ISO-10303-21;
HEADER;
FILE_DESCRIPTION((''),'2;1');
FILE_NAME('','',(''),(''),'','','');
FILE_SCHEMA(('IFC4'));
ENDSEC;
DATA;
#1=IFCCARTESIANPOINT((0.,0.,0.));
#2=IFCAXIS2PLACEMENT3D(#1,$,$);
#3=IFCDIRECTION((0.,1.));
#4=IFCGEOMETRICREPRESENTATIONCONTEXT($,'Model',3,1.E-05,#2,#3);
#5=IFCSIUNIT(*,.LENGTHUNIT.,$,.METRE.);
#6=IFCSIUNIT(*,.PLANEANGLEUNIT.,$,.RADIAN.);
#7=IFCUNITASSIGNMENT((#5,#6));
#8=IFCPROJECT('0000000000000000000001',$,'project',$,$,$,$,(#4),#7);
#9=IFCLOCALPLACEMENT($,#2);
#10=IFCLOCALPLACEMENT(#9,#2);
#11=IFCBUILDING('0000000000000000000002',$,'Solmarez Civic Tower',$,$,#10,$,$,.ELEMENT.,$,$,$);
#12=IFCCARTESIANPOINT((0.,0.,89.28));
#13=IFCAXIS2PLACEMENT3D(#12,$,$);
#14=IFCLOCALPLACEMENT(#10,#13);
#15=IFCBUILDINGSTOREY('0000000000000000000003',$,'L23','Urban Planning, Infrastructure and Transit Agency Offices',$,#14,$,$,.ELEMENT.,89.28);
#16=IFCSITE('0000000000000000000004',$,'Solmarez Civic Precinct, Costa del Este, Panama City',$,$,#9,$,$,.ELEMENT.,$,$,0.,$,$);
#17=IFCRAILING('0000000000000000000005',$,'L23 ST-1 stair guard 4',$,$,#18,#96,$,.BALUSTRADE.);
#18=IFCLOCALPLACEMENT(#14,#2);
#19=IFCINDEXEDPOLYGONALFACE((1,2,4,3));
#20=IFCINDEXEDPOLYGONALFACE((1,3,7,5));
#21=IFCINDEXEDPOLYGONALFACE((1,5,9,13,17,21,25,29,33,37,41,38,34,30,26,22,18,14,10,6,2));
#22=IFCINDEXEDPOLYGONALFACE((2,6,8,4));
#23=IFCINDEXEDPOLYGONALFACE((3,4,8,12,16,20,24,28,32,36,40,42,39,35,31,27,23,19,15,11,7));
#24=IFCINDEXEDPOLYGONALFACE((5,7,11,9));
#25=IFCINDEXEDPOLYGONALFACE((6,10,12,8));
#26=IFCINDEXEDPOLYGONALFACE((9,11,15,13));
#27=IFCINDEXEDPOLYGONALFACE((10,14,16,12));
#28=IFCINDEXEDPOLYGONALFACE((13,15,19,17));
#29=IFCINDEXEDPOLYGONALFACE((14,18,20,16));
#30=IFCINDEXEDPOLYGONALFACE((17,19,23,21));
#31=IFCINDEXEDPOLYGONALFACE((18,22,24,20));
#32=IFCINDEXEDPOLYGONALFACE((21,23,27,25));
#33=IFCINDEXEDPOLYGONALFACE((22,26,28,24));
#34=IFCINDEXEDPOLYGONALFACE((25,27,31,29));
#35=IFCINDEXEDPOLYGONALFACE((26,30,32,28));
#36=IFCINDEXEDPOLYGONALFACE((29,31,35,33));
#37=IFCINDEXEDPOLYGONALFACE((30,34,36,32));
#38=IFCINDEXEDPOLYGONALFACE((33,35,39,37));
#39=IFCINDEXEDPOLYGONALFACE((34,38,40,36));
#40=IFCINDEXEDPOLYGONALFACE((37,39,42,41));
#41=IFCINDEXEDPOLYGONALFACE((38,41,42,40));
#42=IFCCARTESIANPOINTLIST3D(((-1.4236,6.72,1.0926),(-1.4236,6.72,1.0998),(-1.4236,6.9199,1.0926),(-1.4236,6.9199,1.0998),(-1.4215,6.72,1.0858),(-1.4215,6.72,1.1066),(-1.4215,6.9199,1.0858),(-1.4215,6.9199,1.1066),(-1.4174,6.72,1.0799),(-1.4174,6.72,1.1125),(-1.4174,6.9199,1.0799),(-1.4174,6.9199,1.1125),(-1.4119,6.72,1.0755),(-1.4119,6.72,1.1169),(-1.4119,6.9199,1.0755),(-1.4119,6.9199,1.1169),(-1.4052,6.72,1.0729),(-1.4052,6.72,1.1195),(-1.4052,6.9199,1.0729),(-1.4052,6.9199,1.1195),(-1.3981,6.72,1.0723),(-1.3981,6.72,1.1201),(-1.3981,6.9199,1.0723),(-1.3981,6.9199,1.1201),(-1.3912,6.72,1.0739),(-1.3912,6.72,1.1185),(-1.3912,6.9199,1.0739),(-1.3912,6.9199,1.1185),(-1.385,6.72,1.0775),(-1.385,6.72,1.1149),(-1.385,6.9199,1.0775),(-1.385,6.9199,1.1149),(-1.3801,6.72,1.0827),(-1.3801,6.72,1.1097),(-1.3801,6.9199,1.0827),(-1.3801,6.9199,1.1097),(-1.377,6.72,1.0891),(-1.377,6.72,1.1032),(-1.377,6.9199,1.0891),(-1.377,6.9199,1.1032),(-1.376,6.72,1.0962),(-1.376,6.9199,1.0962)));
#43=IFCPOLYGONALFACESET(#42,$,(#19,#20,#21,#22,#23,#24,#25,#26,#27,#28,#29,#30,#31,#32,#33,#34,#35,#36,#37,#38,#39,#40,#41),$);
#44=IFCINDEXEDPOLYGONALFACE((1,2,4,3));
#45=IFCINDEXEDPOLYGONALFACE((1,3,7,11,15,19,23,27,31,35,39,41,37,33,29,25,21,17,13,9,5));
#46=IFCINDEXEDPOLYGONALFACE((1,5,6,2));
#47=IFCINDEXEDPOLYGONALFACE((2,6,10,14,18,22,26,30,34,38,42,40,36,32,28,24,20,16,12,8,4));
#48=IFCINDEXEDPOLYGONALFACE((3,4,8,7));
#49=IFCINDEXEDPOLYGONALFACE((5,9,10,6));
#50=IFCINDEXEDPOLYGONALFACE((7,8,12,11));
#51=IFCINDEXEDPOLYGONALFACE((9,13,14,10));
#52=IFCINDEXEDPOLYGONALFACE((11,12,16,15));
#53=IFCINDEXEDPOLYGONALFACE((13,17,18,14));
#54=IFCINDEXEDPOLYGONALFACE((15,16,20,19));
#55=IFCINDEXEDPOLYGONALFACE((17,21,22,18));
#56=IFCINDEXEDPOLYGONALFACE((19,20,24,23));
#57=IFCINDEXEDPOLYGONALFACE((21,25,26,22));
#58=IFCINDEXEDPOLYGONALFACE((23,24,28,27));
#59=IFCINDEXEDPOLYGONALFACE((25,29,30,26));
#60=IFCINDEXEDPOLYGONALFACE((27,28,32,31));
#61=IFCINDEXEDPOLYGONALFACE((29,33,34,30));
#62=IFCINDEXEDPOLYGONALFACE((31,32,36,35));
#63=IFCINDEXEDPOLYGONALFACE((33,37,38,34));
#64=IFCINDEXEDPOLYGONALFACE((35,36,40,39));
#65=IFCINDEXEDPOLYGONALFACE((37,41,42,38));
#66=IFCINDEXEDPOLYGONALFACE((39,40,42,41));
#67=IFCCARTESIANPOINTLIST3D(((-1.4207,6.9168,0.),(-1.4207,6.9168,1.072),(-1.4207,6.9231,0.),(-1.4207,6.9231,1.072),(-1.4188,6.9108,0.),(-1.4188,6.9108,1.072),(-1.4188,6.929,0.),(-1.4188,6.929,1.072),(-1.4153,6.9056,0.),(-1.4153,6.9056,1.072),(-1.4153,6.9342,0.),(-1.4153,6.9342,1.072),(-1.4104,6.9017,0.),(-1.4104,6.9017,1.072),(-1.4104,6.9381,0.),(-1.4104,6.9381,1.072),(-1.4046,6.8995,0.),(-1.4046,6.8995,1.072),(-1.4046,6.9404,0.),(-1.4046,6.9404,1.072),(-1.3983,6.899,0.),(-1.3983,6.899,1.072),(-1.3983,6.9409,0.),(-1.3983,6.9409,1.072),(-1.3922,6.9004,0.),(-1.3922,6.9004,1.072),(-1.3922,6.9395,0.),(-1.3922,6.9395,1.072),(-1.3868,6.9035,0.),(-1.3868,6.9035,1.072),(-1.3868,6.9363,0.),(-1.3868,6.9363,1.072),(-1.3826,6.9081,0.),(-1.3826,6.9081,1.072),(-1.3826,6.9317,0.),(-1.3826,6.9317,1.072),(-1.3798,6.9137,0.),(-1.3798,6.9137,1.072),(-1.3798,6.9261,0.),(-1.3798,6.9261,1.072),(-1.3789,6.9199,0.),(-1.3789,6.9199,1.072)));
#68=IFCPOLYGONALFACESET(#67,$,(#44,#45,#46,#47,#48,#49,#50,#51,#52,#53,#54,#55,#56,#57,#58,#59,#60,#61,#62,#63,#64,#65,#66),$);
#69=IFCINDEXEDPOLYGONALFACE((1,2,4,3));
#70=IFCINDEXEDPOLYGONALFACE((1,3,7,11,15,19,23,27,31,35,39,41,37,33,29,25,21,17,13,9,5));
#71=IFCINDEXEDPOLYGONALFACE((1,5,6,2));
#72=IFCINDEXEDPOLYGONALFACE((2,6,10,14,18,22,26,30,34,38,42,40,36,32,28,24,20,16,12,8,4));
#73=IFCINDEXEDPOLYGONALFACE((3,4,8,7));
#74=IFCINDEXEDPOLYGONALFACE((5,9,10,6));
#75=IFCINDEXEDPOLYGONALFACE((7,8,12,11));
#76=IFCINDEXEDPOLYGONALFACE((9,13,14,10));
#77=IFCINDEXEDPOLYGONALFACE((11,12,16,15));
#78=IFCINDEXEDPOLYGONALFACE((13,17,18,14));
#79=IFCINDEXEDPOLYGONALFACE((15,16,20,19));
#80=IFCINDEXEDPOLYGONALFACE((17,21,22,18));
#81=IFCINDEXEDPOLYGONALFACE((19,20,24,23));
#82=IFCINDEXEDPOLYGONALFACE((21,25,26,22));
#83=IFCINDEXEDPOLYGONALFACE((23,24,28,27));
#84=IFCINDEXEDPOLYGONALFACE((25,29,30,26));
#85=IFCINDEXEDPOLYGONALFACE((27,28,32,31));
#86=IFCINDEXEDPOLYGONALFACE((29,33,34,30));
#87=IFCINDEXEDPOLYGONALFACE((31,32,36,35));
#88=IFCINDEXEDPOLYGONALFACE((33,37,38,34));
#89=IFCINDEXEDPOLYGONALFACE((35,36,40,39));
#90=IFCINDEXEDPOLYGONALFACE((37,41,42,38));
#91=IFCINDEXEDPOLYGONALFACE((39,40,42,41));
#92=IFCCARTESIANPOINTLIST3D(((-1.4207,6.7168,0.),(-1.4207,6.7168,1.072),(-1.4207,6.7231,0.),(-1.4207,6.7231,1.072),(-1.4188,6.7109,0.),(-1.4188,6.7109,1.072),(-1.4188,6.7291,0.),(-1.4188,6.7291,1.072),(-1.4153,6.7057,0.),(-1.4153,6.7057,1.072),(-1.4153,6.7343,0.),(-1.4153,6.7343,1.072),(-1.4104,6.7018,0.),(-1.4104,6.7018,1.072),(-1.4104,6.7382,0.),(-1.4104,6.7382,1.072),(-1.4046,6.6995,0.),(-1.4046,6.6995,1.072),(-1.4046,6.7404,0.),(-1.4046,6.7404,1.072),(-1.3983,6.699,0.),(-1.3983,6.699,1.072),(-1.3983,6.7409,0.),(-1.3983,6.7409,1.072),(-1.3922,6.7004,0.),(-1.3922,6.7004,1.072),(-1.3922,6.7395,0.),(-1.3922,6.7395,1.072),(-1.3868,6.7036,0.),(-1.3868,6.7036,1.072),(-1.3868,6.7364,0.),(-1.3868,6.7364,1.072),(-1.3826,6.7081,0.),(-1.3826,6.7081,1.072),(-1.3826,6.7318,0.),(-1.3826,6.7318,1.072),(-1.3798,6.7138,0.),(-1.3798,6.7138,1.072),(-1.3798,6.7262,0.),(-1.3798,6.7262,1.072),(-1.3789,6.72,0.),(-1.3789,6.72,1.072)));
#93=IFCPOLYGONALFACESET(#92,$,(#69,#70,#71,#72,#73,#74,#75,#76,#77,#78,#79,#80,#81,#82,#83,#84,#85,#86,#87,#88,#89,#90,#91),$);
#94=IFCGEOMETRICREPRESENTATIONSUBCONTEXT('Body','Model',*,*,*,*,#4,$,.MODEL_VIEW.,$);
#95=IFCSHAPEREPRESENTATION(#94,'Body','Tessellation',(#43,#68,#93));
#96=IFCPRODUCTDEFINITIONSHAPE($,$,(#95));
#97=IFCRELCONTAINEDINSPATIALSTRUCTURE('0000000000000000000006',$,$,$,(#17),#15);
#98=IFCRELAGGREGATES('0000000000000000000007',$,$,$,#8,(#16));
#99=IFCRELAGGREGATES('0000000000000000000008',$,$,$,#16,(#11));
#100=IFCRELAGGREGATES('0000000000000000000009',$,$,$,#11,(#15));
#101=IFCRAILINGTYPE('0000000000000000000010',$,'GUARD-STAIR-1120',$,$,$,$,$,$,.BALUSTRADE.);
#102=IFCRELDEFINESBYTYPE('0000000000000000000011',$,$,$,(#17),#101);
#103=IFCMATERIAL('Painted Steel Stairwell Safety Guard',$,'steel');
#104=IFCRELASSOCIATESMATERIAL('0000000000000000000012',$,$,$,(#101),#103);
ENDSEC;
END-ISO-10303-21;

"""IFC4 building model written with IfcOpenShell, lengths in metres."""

from ifc_helpers import new_model, si_unit, direction, frame, origin, origin_2d, place, context, subcontext, project, spatial, circle, extrude, material, type_object, element, save


model = new_model("IFC4")

# Units and contexts
model_context = context("Model", 3, precision=1e-05, world=origin(), true_north=direction((0.0, 1.0)))
body_context = subcontext(model_context, "Body", "Model", "MODEL_VIEW")
ifc_project = project(units=[si_unit("LENGTHUNIT", "METRE"), si_unit("PLANEANGLEUNIT", "RADIAN")], contexts=[model_context])

# Site, building, storey
site_placement = place(None, origin())
site = spatial("IfcSite", under=ifc_project, at=site_placement, Name="Solmarez Civic Precinct, Costa del Este, Panama City", CompositionType="ELEMENT", RefElevation=0.0)
building_placement = place(site_placement, origin())
building = spatial("IfcBuilding", under=site, at=building_placement, Name="Solmarez Civic Tower", CompositionType="ELEMENT")
storey_placement = place(building_placement, frame((0.0, 0.0, 89.28)))
storey = spatial("IfcBuildingStorey", under=building, at=storey_placement, Name="L23", Description="Urban Planning, Infrastructure and Transit Agency Offices", CompositionType="ELEMENT", Elevation=89.28)

# Railing
ifc_material_1 = material(Name="Painted Steel Stairwell Safety Guard", Category="steel")
railing_type_1 = type_object("IfcRailingType", Name="GUARD-STAIR-1120", PredefinedType="BALUSTRADE", material=ifc_material_1)
railing_1_placement = place(storey_placement, frame((-1.3999, 6.9199, 0.0)))
element("IfcRailing", 1, at=railing_1_placement, inside=storey, type_object=railing_type_1, Name="L23 ST-1 stair guard 4", PredefinedType="BALUSTRADE", context=body_context, shape_type="SweptSolid", body=[
    extrude(circle(Radius=0.0239, at=origin_2d()), frame((0.0, 0.0, 1.0962), z_axis=(0.0, -1.0, 0.0), x_axis=(1.0, 0.0, 0.0)), (0.0, 0.0, 1.0), 0.2),
    extrude(circle(Radius=0.021, at=origin_2d()), origin(), (0.0, 0.0, 1.0), 1.072),
    extrude(circle(Radius=0.021, at=origin_2d()), frame((0.0, -0.2, 0.0)), (0.0, 0.0, 1.0), 1.072),
])

save(model, "model.ifc")
